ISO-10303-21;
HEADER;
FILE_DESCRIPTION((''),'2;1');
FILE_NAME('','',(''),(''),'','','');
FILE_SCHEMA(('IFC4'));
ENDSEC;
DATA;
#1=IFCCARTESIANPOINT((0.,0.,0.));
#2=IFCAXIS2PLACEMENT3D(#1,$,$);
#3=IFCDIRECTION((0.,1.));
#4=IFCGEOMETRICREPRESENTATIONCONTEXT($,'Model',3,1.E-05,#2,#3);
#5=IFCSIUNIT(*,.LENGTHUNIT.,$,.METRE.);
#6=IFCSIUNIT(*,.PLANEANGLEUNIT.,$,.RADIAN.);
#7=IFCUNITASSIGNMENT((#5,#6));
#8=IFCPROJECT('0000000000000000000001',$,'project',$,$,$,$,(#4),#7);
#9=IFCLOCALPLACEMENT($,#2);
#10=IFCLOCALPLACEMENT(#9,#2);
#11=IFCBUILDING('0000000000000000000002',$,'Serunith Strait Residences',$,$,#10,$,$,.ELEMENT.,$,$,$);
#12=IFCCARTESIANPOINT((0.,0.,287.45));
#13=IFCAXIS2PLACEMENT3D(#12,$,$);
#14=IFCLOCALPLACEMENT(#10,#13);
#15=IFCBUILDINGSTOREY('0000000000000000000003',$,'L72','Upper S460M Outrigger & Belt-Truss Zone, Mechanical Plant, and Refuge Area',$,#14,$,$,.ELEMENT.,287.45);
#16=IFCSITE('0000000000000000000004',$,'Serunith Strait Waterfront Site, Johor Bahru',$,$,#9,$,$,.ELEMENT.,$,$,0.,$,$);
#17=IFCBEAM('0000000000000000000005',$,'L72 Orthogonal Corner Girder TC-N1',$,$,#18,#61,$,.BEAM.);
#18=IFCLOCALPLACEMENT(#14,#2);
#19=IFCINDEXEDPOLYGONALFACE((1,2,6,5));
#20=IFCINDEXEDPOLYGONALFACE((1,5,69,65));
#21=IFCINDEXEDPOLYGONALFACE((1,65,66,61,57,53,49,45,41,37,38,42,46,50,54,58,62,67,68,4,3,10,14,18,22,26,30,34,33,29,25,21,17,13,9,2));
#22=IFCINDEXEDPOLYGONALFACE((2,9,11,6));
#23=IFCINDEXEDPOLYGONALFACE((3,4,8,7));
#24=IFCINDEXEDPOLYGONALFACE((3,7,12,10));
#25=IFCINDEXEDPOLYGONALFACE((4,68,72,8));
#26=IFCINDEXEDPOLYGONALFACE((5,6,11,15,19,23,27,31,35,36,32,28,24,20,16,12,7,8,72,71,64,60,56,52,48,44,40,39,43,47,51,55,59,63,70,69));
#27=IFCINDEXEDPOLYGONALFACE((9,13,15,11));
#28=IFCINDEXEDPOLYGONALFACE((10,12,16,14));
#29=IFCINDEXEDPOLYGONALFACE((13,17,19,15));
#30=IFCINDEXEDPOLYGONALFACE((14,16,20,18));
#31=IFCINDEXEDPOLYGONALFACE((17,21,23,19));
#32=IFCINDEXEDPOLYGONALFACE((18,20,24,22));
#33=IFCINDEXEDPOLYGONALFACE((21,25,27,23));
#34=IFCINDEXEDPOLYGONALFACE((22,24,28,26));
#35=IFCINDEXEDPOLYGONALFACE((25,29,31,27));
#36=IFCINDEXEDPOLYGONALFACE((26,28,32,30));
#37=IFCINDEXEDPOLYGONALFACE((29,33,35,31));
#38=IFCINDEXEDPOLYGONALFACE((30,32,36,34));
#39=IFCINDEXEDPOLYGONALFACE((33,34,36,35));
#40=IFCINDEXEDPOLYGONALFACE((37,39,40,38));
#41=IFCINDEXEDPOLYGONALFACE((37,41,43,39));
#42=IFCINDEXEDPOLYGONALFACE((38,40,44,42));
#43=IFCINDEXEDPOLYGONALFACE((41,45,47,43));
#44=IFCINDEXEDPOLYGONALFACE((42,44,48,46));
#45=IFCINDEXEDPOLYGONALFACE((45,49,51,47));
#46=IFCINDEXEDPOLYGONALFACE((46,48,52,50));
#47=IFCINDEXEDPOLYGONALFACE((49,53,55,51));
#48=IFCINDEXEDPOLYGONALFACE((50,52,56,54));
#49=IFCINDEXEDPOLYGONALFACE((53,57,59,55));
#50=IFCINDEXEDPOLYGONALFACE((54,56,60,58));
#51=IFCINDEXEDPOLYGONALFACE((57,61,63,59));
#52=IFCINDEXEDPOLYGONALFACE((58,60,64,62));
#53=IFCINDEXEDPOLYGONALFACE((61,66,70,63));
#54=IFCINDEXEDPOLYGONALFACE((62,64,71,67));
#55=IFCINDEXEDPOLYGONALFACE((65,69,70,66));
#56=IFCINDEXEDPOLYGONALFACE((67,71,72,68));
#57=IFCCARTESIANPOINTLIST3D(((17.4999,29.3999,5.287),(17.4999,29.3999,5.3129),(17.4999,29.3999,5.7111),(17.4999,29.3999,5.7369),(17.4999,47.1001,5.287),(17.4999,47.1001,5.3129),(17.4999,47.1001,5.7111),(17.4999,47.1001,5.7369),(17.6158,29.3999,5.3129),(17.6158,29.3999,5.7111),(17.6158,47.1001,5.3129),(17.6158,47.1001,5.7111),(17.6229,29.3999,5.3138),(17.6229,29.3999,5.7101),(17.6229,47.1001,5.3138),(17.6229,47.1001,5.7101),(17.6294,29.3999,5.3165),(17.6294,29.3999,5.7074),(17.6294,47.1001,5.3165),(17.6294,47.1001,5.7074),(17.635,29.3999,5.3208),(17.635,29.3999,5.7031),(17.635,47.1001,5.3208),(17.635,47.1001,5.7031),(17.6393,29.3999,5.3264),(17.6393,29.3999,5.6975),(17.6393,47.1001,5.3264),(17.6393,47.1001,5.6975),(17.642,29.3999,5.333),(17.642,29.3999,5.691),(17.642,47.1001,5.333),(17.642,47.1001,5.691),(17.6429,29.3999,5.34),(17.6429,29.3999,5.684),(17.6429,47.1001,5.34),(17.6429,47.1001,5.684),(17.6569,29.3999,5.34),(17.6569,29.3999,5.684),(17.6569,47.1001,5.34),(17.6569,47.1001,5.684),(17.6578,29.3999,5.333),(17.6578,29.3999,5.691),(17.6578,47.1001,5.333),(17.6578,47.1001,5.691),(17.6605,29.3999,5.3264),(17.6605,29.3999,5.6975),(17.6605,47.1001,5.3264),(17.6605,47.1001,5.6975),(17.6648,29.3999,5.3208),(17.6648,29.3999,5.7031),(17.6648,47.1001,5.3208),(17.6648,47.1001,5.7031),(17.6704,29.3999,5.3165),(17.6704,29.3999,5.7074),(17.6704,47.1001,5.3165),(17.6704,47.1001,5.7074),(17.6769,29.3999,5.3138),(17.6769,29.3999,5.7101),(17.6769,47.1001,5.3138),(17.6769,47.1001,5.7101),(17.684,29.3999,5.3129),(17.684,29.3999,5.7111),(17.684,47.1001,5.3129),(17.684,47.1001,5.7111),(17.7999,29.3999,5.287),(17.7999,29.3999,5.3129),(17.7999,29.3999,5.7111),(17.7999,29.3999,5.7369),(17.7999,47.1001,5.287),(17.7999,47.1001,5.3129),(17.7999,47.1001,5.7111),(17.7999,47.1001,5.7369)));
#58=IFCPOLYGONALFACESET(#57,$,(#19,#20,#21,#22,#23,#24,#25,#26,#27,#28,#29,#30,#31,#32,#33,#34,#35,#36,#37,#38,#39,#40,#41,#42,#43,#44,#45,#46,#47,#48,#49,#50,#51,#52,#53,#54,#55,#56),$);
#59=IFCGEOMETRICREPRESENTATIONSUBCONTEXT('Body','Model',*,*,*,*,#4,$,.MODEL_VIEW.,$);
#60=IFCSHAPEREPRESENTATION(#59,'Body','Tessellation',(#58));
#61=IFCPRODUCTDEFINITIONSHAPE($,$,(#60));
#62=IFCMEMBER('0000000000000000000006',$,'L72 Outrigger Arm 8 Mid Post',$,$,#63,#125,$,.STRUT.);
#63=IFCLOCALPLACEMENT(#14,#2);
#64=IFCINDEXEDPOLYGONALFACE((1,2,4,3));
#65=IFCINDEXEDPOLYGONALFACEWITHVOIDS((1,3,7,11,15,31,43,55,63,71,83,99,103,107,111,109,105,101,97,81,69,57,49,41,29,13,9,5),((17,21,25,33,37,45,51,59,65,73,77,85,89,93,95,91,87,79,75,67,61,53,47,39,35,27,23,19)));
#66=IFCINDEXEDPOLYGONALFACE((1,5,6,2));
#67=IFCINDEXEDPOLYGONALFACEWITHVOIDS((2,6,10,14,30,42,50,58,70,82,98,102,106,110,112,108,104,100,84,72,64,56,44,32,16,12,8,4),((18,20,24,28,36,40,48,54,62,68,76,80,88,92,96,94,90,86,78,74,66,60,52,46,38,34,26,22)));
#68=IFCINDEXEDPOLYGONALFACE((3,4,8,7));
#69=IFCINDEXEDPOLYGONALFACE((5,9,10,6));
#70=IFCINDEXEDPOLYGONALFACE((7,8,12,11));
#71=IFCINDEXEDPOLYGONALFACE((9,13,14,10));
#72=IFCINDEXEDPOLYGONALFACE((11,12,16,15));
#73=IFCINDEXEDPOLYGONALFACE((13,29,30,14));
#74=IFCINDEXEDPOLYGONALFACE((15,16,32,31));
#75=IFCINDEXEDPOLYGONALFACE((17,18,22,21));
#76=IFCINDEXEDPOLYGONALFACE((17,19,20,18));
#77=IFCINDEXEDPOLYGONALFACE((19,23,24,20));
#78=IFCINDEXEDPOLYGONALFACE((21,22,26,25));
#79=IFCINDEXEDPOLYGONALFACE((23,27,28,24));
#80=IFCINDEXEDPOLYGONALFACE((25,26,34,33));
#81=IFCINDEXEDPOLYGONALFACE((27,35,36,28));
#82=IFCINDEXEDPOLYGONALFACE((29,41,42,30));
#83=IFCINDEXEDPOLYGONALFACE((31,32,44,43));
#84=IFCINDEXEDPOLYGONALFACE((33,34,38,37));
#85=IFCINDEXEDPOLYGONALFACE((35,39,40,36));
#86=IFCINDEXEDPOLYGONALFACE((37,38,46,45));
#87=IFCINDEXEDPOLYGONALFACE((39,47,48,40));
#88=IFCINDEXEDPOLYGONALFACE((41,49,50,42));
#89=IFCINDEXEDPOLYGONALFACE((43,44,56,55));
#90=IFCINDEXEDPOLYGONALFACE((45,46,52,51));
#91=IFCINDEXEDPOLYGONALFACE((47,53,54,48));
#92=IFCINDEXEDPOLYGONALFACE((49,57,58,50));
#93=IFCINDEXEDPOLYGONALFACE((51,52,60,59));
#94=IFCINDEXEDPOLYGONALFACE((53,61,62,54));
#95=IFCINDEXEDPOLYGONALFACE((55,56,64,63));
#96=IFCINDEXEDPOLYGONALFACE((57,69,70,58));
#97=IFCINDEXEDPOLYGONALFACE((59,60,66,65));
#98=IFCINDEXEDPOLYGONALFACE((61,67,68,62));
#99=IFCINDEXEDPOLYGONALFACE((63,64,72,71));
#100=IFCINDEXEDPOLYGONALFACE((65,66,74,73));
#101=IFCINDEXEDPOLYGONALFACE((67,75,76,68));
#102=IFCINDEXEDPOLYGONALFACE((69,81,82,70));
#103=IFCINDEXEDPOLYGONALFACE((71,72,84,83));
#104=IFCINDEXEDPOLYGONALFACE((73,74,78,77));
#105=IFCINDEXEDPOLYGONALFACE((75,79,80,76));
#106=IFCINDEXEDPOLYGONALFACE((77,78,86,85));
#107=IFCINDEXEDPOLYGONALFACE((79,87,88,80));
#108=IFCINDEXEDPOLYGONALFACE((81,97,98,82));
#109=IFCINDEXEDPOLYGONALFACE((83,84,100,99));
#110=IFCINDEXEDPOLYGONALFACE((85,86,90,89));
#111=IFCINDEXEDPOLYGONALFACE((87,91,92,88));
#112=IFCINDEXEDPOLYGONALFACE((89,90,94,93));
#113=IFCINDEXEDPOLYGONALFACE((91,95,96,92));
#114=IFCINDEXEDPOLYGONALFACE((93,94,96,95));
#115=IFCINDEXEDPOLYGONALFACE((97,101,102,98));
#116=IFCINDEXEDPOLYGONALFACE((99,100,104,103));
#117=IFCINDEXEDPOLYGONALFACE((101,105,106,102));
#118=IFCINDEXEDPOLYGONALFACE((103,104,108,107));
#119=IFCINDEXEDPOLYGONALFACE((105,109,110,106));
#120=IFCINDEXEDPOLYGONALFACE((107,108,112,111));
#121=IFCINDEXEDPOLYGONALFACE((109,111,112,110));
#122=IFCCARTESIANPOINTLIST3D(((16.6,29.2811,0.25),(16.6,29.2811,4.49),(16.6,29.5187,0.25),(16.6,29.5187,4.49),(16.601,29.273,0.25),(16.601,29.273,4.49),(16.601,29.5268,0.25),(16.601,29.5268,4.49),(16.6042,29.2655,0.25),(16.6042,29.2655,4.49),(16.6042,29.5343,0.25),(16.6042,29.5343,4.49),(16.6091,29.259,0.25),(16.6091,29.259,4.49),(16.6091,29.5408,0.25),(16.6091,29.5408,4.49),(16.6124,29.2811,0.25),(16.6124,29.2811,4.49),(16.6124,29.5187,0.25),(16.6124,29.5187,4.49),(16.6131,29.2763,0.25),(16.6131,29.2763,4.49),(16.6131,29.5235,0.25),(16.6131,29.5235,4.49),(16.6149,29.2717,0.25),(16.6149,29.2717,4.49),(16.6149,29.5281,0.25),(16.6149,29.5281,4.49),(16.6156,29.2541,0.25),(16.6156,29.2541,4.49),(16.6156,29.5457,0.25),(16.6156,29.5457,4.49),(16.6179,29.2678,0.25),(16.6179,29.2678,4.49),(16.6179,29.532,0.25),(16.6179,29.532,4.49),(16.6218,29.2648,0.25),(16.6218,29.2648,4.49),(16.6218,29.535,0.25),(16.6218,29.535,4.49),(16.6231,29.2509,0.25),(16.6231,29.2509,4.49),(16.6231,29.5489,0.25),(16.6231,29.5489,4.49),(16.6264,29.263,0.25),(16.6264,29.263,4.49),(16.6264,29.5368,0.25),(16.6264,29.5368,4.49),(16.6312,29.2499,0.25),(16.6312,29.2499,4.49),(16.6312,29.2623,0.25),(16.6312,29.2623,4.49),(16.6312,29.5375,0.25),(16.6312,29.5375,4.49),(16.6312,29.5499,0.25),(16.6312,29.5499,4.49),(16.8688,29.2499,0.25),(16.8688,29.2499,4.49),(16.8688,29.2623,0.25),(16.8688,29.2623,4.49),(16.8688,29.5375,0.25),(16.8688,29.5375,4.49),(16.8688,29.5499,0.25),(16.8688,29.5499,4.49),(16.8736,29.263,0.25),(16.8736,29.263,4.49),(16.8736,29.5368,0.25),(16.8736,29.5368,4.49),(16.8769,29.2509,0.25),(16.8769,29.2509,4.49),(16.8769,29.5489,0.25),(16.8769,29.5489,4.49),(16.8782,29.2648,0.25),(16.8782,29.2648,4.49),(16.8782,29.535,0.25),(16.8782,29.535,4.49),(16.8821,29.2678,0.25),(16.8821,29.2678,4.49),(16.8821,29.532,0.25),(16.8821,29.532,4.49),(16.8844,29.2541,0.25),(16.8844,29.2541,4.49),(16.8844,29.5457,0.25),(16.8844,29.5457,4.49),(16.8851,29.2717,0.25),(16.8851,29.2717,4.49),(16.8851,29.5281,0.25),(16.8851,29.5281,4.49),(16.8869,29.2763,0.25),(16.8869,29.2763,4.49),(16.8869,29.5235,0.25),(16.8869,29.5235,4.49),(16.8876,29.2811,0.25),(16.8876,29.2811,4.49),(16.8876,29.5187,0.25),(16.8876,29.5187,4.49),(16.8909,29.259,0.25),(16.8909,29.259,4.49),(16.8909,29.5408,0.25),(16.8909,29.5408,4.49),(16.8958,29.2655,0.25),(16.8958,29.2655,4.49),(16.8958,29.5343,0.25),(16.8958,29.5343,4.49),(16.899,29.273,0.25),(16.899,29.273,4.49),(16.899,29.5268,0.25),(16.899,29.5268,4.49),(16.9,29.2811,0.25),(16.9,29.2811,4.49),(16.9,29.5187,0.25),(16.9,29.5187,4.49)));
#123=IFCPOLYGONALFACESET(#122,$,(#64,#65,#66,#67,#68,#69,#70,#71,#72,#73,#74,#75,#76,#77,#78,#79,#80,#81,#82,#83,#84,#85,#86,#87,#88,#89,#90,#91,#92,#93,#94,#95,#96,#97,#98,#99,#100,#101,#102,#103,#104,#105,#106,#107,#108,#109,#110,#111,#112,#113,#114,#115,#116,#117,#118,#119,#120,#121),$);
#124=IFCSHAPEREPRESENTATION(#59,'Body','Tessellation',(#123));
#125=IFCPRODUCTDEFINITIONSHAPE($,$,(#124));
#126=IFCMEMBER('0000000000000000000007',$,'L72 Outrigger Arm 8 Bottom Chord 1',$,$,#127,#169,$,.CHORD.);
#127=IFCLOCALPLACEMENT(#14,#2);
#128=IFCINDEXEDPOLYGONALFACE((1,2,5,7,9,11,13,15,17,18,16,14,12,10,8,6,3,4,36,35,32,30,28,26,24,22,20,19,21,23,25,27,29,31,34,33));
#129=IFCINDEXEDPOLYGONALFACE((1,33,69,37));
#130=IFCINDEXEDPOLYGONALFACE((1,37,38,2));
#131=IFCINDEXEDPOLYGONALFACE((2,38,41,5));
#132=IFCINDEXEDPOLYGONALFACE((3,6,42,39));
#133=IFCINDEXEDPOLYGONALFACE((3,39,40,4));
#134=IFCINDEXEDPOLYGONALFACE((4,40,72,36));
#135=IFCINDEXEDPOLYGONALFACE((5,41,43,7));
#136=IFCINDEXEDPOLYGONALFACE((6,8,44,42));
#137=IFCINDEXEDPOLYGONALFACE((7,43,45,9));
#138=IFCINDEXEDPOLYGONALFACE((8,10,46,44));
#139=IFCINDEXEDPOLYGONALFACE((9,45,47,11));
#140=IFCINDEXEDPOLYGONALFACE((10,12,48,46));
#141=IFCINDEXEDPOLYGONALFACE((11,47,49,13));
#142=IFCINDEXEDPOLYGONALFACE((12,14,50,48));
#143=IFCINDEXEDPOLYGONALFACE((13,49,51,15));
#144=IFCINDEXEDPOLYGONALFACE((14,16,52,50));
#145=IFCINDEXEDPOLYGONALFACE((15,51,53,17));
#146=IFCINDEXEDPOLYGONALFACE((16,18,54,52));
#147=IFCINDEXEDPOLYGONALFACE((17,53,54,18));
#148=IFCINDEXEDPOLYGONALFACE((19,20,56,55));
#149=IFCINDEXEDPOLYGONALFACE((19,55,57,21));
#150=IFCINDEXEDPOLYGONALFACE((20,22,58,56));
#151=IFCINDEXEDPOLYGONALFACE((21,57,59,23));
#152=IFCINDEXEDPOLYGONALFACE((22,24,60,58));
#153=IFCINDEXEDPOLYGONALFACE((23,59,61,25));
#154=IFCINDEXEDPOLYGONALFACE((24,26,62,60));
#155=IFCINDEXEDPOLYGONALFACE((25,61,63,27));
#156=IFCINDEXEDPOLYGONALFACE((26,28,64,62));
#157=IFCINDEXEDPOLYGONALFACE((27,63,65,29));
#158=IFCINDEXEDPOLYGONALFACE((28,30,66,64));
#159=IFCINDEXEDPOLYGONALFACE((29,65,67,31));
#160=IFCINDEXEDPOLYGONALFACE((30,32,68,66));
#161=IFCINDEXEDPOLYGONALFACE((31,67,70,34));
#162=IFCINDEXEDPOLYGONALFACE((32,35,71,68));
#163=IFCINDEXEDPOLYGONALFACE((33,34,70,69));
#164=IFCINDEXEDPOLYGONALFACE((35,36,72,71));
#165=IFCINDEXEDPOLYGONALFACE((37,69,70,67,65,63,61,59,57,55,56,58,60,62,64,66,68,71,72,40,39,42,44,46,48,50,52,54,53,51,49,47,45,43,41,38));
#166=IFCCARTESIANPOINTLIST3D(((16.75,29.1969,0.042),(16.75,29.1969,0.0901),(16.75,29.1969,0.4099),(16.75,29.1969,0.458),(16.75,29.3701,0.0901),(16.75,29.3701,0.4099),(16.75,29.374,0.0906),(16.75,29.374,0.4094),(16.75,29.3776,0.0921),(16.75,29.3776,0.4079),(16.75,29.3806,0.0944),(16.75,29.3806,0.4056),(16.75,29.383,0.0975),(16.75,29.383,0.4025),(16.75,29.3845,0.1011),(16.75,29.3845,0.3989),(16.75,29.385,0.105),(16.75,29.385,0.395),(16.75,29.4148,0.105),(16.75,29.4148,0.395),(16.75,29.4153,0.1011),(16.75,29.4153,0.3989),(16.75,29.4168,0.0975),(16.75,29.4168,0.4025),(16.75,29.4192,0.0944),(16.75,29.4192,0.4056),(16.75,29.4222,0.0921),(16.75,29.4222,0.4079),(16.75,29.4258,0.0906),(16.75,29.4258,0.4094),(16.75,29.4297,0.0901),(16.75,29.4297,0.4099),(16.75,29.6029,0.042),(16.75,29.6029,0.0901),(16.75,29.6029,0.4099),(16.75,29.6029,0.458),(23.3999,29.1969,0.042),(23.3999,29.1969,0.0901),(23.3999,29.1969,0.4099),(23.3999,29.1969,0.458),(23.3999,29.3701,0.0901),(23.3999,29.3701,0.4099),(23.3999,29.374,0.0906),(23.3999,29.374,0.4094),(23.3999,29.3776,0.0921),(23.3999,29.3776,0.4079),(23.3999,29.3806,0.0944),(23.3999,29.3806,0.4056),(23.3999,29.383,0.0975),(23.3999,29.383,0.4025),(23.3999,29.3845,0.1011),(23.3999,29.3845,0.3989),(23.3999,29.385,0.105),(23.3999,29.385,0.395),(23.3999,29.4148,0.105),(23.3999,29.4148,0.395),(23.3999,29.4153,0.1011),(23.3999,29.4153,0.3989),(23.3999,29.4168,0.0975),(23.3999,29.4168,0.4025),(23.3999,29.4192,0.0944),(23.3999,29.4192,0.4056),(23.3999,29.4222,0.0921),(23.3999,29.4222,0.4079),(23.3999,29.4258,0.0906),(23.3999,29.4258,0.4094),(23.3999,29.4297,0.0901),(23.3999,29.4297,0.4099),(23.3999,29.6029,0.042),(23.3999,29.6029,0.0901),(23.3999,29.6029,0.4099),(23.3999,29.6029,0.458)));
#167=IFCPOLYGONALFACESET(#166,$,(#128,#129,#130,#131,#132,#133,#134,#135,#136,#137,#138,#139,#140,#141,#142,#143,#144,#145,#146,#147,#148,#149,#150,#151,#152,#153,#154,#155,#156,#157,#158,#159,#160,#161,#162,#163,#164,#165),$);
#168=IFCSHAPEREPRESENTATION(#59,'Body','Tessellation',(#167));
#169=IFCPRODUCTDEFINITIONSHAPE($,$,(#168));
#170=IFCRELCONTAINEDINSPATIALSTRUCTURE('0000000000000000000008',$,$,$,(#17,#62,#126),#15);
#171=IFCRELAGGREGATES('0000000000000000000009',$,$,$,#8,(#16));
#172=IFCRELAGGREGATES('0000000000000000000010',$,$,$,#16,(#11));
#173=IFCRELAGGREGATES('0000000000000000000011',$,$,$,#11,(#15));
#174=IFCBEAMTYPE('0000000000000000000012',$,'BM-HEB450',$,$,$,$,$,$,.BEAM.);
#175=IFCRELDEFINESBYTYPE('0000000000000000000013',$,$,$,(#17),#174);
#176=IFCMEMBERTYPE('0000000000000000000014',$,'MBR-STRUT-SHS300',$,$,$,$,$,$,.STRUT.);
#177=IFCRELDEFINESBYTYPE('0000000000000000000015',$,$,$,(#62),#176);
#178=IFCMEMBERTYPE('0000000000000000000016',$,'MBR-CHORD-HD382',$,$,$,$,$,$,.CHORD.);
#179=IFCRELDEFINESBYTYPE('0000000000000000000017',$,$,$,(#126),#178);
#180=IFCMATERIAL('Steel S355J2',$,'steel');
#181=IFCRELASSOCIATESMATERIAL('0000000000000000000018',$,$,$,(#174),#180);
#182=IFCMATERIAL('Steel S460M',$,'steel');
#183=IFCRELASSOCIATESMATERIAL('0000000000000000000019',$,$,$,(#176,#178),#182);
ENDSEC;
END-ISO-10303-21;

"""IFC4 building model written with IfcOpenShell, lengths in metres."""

from ifc_helpers import new_model, si_unit, direction, frame, origin, origin_2d, place, context, subcontext, project, spatial, hollow_rectangle, i_section, extrude, source, transform, mapped, material, material_profile, profile_set, type_object, element, save


model = new_model("IFC4")

# Units and contexts
model_context = context("Model", 3, precision=1e-05, world=origin(), true_north=direction((0.0, 1.0)))
body_context = subcontext(model_context, "Body", "Model", "MODEL_VIEW")
ifc_project = project(units=[si_unit("LENGTHUNIT", "METRE"), si_unit("PLANEANGLEUNIT", "RADIAN")], contexts=[model_context])

# Site, building, storey
site_placement = place(None, origin())
site = spatial("IfcSite", under=ifc_project, at=site_placement, Name="Serunith Strait Waterfront Site, Johor Bahru", CompositionType="ELEMENT", RefElevation=0.0)
building_placement = place(site_placement, origin())
building = spatial("IfcBuilding", under=site, at=building_placement, Name="Serunith Strait Residences", CompositionType="ELEMENT")
storey_placement = place(building_placement, frame((0.0, 0.0, 287.45)))
storey = spatial("IfcBuildingStorey", under=building, at=storey_placement, Name="L72", Description="Upper S460M Outrigger & Belt-Truss Zone, Mechanical Plant, and Refuge Area", CompositionType="ELEMENT", Elevation=287.45)

# Beam
ifc_material_1 = material(Name="Steel S355J2", Category="steel")
ifc_material_profile_1 = material_profile(ifc_material_1, i_section(OverallWidth=0.3, OverallDepth=0.45, WebThickness=0.0139, FlangeThickness=0.0259, FilletRadius=0.0271, at=origin_2d()), Name="HEB 450")
ifc_profile_set_1 = profile_set([ifc_material_profile_1], Name="Steel S355J2")
beam_type_1 = type_object("IfcBeamType", Name="BM-HEB450", PredefinedType="BEAM", material=ifc_profile_set_1)
shared_shape_1 = source(origin(), body_context, "Body", "SweptSolid", [
    extrude(i_section(OverallWidth=0.3, OverallDepth=0.45, WebThickness=0.0139, FlangeThickness=0.0259, FilletRadius=0.0271, at=origin_2d()), origin(), (0.0, 0.0, 1.0), 17.7002),
])
beam_1_placement = place(storey_placement, frame((17.6499, 29.3999, 5.512), z_axis=(0.0, 1.0, 0.0), x_axis=(-1.0, 0.0, 0.0)))
element("IfcBeam", 1, at=beam_1_placement, inside=storey, type_object=beam_type_1, Name="L72 Orthogonal Corner Girder TC-N1", PredefinedType="BEAM", context=body_context, shape_type="MappedRepresentation", body=[
    mapped(shared_shape_1, transform((0.0, 0.0, 0.0), scale=1.0)),
])

# Members
ifc_material_2 = material(Name="Steel S460M", Category="steel")
ifc_material_profile_2 = material_profile(ifc_material_2, hollow_rectangle(XDim=0.3, YDim=0.3, WallThickness=0.0125, InnerFilletRadius=0.0188, OuterFilletRadius=0.0312, at=origin_2d()), Name="SHS 300x300x12.5")
ifc_profile_set_2 = profile_set([ifc_material_profile_2], Name="Steel S460M")
member_type_1 = type_object("IfcMemberType", Name="MBR-STRUT-SHS300", PredefinedType="STRUT", material=ifc_profile_set_2)
shared_shape_2 = source(origin(), body_context, "Body", "SweptSolid", [
    extrude(hollow_rectangle(XDim=0.3, YDim=0.3, WallThickness=0.0125, InnerFilletRadius=0.0188, OuterFilletRadius=0.0312, at=origin_2d()), origin(), (0.0, 0.0, 1.0), 4.24),
])
member_1_placement = place(storey_placement, frame((16.75, 29.3999, 0.25), z_axis=(0.0, 0.0, 1.0), x_axis=(1.0, 0.0, 0.0)))
element("IfcMember", 2, at=member_1_placement, inside=storey, type_object=member_type_1, Name="L72 Outrigger Arm 8 Mid Post", PredefinedType="STRUT", context=body_context, shape_type="MappedRepresentation", body=[
    mapped(shared_shape_2, transform((0.0, 0.0, 0.0), scale=1.0)),
])
ifc_material_profile_3 = material_profile(ifc_material_2, i_section(OverallWidth=0.406, OverallDepth=0.416, WebThickness=0.0298, FlangeThickness=0.0481, FilletRadius=0.0149, at=origin_2d()), Name="HD 400x382")
ifc_profile_set_3 = profile_set([ifc_material_profile_3], Name="Steel S460M")
member_type_2 = type_object("IfcMemberType", Name="MBR-CHORD-HD382", PredefinedType="CHORD", material=ifc_profile_set_3)
shared_shape_3 = source(origin(), body_context, "Body", "SweptSolid", [
    extrude(i_section(OverallWidth=0.406, OverallDepth=0.416, WebThickness=0.0298, FlangeThickness=0.0481, FilletRadius=0.0149, at=origin_2d()), origin(), (0.0, 0.0, 1.0), 6.6499),
])
for number, where, z_axis, x_axis, name in (
    (3, (23.3999, 29.3999, 0.25), (-1.0, 0.0, 0.0), (0.0, -1.0, 0.0), "L72 Outrigger Arm 8 Bottom Chord 1"),
):
    element("IfcMember", number, at=place(storey_placement, frame(where, z_axis=z_axis, x_axis=x_axis)), inside=storey, type_object=member_type_2, Name=name, PredefinedType="CHORD", context=body_context, shape_type="MappedRepresentation", body=[
        mapped(shared_shape_3, transform((0.0, 0.0, 0.0), scale=1.0)),
    ])

save(model, "model.ifc")
